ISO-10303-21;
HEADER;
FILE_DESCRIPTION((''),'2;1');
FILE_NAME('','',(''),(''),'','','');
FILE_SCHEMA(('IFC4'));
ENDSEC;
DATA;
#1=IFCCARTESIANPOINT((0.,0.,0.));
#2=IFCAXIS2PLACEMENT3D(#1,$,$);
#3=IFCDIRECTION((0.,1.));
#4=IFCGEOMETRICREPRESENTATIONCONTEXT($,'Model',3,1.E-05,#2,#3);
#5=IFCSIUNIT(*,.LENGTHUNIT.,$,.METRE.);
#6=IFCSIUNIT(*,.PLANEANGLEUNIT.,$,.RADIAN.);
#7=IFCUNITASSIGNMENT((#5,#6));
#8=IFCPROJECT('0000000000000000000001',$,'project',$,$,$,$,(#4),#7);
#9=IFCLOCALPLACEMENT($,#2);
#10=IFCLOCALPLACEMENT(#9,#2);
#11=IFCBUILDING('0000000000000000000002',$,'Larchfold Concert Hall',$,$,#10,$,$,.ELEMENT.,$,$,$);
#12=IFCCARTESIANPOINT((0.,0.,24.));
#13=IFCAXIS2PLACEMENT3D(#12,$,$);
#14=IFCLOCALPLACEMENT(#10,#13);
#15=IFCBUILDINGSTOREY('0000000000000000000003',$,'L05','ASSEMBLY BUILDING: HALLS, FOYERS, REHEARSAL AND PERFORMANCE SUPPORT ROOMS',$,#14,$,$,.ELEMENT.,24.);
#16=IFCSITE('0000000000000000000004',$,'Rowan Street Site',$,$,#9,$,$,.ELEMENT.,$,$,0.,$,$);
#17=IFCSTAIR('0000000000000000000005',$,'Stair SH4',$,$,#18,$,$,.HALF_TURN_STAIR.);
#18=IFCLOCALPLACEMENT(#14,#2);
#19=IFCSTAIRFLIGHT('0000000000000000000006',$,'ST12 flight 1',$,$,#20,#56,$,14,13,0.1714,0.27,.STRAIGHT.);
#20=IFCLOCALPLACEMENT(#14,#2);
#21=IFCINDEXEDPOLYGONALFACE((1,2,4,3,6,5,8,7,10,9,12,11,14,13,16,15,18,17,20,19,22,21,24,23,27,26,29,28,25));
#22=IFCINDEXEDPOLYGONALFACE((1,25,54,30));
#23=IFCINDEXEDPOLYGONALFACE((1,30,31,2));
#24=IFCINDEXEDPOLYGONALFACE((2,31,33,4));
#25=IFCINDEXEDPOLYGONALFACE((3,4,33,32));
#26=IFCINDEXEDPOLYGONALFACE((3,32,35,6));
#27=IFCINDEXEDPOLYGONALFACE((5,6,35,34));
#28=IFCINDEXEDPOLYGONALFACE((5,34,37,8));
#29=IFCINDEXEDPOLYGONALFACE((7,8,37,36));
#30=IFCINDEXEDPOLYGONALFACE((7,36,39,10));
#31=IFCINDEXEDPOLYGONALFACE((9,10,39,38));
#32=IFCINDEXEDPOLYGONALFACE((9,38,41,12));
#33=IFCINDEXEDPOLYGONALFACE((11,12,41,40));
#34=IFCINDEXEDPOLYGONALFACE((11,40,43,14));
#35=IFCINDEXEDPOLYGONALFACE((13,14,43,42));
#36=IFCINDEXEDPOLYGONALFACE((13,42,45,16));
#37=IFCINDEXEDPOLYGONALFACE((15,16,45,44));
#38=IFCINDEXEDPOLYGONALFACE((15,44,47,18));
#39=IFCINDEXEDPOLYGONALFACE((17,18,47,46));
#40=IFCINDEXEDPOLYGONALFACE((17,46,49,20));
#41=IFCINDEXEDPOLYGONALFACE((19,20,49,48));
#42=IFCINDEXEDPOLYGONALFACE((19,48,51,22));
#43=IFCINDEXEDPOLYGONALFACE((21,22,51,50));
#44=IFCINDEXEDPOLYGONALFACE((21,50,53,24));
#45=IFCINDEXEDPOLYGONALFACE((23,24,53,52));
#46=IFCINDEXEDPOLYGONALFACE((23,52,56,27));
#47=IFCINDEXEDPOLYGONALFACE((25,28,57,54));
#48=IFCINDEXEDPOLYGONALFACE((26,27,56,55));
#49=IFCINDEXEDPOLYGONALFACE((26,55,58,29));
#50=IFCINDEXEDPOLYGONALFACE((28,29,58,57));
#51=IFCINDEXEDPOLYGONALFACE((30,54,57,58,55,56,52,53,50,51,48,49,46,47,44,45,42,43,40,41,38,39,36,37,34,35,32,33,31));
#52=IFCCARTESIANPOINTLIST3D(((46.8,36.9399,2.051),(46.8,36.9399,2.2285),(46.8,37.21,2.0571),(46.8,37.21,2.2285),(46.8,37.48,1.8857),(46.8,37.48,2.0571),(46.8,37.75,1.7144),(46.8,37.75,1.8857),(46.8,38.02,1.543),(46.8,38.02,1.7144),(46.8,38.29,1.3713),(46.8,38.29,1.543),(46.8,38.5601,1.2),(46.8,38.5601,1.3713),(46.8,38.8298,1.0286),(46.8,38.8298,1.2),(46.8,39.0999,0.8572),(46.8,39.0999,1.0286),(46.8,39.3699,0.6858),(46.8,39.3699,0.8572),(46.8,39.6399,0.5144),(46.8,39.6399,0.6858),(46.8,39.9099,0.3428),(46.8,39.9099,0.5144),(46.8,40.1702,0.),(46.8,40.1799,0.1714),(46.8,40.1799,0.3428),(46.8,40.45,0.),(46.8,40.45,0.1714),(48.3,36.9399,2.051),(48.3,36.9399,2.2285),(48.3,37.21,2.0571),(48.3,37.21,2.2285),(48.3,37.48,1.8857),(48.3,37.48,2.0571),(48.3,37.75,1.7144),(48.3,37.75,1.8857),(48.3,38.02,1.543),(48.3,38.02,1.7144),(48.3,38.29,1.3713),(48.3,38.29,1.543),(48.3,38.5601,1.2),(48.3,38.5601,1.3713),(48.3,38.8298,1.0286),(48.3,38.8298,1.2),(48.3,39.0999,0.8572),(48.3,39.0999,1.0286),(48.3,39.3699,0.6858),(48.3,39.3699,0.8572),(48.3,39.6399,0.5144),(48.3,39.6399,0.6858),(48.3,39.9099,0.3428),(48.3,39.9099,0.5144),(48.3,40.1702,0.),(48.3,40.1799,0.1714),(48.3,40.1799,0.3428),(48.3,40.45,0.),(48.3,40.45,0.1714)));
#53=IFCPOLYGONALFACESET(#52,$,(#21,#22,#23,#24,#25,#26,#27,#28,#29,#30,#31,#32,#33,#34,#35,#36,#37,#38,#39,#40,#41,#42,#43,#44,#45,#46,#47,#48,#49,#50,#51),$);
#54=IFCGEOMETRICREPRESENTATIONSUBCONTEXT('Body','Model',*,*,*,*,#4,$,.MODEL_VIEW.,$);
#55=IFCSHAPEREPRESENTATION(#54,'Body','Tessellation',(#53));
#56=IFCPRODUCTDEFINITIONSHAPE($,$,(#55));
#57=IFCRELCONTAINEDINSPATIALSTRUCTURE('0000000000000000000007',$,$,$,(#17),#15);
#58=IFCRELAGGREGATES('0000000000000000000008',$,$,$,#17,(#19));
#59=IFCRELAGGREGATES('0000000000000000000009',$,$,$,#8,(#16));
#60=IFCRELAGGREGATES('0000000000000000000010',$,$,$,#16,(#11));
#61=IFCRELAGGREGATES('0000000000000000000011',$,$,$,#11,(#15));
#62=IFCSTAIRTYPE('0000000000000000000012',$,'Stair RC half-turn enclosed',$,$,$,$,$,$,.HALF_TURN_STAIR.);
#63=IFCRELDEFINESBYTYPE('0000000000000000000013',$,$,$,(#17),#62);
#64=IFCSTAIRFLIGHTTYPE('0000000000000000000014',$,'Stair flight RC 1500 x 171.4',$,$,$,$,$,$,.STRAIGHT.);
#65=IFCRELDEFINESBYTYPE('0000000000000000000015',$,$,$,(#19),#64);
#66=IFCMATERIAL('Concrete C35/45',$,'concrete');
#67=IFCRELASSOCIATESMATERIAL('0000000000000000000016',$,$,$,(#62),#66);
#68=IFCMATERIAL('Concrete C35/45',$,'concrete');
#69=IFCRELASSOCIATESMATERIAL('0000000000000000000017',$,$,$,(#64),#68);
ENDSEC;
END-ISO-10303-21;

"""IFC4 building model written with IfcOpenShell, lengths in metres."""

from ifc_helpers import new_model, si_unit, direction, frame, origin, place, context, subcontext, project, spatial, polyline, outline, extrude, material, type_object, element, aggregate, save


model = new_model("IFC4")

# Units and contexts
model_context = context("Model", 3, precision=1e-05, world=origin(), true_north=direction((0.0, 1.0)))
body_context = subcontext(model_context, "Body", "Model", "MODEL_VIEW")
ifc_project = project(units=[si_unit("LENGTHUNIT", "METRE"), si_unit("PLANEANGLEUNIT", "RADIAN")], contexts=[model_context])

# Site, building, storey
site_placement = place(None, origin())
site = spatial("IfcSite", under=ifc_project, at=site_placement, Name="Rowan Street Site", CompositionType="ELEMENT", RefElevation=0.0)
building_placement = place(site_placement, origin())
building = spatial("IfcBuilding", under=site, at=building_placement, Name="Larchfold Concert Hall", CompositionType="ELEMENT")
storey_placement = place(building_placement, frame((0.0, 0.0, 24.0)))
storey = spatial("IfcBuildingStorey", under=building, at=storey_placement, Name="L05", Description="ASSEMBLY BUILDING: HALLS, FOYERS, REHEARSAL AND PERFORMANCE SUPPORT ROOMS", CompositionType="ELEMENT", Elevation=24.0)

# Stair, stair flight
ifc_material_1 = material(Name="Concrete C35/45", Category="concrete")
stair_type = type_object("IfcStairType", Name="Stair RC half-turn enclosed", PredefinedType="HALF_TURN_STAIR", material=ifc_material_1)
ifc_material_2 = material(Name="Concrete C35/45", Category="concrete")
stair_flight_type = type_object("IfcStairFlightType", Name="Stair flight RC 1500 x 171.4", PredefinedType="STRAIGHT", material=ifc_material_2)
stair_1_placement = place(storey_placement, origin())
stair_1 = element("IfcStair", 1, at=stair_1_placement, inside=storey, type_object=stair_type, Name="Stair SH4", PredefinedType="HALF_TURN_STAIR")
stair_flight_1_placement = place(storey_placement, frame((47.55, 40.45, 0.0), z_axis=(0.0, 0.0, 1.0), x_axis=(0.0, -1.0, 0.0)))
stair_flight_1 = element("IfcStairFlight", 2, at=stair_flight_1_placement, type_object=stair_flight_type, Name="ST12 flight 1", NumberOfRisers=14, NumberOfTreads=13, PredefinedType="STRAIGHT", RiserHeight=0.1714, TreadLength=0.27, context=body_context, shape_type="SweptSolid", body=[
    extrude(outline(polyline([(0.0, 0.0), (0.0, 0.1714), (0.27, 0.1714), (0.27, 0.3428), (0.54, 0.3428), (0.54, 0.5144), (0.8101, 0.5144), (0.8101, 0.6858), (1.0801, 0.6858), (1.0801, 0.8572), (1.3501, 0.8572), (1.3501, 1.0286), (1.6201, 1.0286), (1.6201, 1.2), (1.8899, 1.2), (1.8899, 1.3713), (2.1599, 1.3713), (2.1599, 1.543), (2.4299, 1.543), (2.4299, 1.7144), (2.7, 1.7144), (2.7, 1.8857), (2.97, 1.8857), (2.97, 2.0571), (3.24, 2.0571), (3.24, 2.2285), (3.51, 2.2285), (3.51, 2.3999), (3.51, 2.051), (0.2798, 0.0), (0.0, 0.0)])), frame((0.0, 0.75, 0.0), z_axis=(0.0, -1.0, 0.0), x_axis=(1.0, 0.0, 0.0)), (0.0, 0.0, 1.0), 1.5),
])
aggregate(stair_1, [stair_flight_1])

save(model, "model.ifc")
